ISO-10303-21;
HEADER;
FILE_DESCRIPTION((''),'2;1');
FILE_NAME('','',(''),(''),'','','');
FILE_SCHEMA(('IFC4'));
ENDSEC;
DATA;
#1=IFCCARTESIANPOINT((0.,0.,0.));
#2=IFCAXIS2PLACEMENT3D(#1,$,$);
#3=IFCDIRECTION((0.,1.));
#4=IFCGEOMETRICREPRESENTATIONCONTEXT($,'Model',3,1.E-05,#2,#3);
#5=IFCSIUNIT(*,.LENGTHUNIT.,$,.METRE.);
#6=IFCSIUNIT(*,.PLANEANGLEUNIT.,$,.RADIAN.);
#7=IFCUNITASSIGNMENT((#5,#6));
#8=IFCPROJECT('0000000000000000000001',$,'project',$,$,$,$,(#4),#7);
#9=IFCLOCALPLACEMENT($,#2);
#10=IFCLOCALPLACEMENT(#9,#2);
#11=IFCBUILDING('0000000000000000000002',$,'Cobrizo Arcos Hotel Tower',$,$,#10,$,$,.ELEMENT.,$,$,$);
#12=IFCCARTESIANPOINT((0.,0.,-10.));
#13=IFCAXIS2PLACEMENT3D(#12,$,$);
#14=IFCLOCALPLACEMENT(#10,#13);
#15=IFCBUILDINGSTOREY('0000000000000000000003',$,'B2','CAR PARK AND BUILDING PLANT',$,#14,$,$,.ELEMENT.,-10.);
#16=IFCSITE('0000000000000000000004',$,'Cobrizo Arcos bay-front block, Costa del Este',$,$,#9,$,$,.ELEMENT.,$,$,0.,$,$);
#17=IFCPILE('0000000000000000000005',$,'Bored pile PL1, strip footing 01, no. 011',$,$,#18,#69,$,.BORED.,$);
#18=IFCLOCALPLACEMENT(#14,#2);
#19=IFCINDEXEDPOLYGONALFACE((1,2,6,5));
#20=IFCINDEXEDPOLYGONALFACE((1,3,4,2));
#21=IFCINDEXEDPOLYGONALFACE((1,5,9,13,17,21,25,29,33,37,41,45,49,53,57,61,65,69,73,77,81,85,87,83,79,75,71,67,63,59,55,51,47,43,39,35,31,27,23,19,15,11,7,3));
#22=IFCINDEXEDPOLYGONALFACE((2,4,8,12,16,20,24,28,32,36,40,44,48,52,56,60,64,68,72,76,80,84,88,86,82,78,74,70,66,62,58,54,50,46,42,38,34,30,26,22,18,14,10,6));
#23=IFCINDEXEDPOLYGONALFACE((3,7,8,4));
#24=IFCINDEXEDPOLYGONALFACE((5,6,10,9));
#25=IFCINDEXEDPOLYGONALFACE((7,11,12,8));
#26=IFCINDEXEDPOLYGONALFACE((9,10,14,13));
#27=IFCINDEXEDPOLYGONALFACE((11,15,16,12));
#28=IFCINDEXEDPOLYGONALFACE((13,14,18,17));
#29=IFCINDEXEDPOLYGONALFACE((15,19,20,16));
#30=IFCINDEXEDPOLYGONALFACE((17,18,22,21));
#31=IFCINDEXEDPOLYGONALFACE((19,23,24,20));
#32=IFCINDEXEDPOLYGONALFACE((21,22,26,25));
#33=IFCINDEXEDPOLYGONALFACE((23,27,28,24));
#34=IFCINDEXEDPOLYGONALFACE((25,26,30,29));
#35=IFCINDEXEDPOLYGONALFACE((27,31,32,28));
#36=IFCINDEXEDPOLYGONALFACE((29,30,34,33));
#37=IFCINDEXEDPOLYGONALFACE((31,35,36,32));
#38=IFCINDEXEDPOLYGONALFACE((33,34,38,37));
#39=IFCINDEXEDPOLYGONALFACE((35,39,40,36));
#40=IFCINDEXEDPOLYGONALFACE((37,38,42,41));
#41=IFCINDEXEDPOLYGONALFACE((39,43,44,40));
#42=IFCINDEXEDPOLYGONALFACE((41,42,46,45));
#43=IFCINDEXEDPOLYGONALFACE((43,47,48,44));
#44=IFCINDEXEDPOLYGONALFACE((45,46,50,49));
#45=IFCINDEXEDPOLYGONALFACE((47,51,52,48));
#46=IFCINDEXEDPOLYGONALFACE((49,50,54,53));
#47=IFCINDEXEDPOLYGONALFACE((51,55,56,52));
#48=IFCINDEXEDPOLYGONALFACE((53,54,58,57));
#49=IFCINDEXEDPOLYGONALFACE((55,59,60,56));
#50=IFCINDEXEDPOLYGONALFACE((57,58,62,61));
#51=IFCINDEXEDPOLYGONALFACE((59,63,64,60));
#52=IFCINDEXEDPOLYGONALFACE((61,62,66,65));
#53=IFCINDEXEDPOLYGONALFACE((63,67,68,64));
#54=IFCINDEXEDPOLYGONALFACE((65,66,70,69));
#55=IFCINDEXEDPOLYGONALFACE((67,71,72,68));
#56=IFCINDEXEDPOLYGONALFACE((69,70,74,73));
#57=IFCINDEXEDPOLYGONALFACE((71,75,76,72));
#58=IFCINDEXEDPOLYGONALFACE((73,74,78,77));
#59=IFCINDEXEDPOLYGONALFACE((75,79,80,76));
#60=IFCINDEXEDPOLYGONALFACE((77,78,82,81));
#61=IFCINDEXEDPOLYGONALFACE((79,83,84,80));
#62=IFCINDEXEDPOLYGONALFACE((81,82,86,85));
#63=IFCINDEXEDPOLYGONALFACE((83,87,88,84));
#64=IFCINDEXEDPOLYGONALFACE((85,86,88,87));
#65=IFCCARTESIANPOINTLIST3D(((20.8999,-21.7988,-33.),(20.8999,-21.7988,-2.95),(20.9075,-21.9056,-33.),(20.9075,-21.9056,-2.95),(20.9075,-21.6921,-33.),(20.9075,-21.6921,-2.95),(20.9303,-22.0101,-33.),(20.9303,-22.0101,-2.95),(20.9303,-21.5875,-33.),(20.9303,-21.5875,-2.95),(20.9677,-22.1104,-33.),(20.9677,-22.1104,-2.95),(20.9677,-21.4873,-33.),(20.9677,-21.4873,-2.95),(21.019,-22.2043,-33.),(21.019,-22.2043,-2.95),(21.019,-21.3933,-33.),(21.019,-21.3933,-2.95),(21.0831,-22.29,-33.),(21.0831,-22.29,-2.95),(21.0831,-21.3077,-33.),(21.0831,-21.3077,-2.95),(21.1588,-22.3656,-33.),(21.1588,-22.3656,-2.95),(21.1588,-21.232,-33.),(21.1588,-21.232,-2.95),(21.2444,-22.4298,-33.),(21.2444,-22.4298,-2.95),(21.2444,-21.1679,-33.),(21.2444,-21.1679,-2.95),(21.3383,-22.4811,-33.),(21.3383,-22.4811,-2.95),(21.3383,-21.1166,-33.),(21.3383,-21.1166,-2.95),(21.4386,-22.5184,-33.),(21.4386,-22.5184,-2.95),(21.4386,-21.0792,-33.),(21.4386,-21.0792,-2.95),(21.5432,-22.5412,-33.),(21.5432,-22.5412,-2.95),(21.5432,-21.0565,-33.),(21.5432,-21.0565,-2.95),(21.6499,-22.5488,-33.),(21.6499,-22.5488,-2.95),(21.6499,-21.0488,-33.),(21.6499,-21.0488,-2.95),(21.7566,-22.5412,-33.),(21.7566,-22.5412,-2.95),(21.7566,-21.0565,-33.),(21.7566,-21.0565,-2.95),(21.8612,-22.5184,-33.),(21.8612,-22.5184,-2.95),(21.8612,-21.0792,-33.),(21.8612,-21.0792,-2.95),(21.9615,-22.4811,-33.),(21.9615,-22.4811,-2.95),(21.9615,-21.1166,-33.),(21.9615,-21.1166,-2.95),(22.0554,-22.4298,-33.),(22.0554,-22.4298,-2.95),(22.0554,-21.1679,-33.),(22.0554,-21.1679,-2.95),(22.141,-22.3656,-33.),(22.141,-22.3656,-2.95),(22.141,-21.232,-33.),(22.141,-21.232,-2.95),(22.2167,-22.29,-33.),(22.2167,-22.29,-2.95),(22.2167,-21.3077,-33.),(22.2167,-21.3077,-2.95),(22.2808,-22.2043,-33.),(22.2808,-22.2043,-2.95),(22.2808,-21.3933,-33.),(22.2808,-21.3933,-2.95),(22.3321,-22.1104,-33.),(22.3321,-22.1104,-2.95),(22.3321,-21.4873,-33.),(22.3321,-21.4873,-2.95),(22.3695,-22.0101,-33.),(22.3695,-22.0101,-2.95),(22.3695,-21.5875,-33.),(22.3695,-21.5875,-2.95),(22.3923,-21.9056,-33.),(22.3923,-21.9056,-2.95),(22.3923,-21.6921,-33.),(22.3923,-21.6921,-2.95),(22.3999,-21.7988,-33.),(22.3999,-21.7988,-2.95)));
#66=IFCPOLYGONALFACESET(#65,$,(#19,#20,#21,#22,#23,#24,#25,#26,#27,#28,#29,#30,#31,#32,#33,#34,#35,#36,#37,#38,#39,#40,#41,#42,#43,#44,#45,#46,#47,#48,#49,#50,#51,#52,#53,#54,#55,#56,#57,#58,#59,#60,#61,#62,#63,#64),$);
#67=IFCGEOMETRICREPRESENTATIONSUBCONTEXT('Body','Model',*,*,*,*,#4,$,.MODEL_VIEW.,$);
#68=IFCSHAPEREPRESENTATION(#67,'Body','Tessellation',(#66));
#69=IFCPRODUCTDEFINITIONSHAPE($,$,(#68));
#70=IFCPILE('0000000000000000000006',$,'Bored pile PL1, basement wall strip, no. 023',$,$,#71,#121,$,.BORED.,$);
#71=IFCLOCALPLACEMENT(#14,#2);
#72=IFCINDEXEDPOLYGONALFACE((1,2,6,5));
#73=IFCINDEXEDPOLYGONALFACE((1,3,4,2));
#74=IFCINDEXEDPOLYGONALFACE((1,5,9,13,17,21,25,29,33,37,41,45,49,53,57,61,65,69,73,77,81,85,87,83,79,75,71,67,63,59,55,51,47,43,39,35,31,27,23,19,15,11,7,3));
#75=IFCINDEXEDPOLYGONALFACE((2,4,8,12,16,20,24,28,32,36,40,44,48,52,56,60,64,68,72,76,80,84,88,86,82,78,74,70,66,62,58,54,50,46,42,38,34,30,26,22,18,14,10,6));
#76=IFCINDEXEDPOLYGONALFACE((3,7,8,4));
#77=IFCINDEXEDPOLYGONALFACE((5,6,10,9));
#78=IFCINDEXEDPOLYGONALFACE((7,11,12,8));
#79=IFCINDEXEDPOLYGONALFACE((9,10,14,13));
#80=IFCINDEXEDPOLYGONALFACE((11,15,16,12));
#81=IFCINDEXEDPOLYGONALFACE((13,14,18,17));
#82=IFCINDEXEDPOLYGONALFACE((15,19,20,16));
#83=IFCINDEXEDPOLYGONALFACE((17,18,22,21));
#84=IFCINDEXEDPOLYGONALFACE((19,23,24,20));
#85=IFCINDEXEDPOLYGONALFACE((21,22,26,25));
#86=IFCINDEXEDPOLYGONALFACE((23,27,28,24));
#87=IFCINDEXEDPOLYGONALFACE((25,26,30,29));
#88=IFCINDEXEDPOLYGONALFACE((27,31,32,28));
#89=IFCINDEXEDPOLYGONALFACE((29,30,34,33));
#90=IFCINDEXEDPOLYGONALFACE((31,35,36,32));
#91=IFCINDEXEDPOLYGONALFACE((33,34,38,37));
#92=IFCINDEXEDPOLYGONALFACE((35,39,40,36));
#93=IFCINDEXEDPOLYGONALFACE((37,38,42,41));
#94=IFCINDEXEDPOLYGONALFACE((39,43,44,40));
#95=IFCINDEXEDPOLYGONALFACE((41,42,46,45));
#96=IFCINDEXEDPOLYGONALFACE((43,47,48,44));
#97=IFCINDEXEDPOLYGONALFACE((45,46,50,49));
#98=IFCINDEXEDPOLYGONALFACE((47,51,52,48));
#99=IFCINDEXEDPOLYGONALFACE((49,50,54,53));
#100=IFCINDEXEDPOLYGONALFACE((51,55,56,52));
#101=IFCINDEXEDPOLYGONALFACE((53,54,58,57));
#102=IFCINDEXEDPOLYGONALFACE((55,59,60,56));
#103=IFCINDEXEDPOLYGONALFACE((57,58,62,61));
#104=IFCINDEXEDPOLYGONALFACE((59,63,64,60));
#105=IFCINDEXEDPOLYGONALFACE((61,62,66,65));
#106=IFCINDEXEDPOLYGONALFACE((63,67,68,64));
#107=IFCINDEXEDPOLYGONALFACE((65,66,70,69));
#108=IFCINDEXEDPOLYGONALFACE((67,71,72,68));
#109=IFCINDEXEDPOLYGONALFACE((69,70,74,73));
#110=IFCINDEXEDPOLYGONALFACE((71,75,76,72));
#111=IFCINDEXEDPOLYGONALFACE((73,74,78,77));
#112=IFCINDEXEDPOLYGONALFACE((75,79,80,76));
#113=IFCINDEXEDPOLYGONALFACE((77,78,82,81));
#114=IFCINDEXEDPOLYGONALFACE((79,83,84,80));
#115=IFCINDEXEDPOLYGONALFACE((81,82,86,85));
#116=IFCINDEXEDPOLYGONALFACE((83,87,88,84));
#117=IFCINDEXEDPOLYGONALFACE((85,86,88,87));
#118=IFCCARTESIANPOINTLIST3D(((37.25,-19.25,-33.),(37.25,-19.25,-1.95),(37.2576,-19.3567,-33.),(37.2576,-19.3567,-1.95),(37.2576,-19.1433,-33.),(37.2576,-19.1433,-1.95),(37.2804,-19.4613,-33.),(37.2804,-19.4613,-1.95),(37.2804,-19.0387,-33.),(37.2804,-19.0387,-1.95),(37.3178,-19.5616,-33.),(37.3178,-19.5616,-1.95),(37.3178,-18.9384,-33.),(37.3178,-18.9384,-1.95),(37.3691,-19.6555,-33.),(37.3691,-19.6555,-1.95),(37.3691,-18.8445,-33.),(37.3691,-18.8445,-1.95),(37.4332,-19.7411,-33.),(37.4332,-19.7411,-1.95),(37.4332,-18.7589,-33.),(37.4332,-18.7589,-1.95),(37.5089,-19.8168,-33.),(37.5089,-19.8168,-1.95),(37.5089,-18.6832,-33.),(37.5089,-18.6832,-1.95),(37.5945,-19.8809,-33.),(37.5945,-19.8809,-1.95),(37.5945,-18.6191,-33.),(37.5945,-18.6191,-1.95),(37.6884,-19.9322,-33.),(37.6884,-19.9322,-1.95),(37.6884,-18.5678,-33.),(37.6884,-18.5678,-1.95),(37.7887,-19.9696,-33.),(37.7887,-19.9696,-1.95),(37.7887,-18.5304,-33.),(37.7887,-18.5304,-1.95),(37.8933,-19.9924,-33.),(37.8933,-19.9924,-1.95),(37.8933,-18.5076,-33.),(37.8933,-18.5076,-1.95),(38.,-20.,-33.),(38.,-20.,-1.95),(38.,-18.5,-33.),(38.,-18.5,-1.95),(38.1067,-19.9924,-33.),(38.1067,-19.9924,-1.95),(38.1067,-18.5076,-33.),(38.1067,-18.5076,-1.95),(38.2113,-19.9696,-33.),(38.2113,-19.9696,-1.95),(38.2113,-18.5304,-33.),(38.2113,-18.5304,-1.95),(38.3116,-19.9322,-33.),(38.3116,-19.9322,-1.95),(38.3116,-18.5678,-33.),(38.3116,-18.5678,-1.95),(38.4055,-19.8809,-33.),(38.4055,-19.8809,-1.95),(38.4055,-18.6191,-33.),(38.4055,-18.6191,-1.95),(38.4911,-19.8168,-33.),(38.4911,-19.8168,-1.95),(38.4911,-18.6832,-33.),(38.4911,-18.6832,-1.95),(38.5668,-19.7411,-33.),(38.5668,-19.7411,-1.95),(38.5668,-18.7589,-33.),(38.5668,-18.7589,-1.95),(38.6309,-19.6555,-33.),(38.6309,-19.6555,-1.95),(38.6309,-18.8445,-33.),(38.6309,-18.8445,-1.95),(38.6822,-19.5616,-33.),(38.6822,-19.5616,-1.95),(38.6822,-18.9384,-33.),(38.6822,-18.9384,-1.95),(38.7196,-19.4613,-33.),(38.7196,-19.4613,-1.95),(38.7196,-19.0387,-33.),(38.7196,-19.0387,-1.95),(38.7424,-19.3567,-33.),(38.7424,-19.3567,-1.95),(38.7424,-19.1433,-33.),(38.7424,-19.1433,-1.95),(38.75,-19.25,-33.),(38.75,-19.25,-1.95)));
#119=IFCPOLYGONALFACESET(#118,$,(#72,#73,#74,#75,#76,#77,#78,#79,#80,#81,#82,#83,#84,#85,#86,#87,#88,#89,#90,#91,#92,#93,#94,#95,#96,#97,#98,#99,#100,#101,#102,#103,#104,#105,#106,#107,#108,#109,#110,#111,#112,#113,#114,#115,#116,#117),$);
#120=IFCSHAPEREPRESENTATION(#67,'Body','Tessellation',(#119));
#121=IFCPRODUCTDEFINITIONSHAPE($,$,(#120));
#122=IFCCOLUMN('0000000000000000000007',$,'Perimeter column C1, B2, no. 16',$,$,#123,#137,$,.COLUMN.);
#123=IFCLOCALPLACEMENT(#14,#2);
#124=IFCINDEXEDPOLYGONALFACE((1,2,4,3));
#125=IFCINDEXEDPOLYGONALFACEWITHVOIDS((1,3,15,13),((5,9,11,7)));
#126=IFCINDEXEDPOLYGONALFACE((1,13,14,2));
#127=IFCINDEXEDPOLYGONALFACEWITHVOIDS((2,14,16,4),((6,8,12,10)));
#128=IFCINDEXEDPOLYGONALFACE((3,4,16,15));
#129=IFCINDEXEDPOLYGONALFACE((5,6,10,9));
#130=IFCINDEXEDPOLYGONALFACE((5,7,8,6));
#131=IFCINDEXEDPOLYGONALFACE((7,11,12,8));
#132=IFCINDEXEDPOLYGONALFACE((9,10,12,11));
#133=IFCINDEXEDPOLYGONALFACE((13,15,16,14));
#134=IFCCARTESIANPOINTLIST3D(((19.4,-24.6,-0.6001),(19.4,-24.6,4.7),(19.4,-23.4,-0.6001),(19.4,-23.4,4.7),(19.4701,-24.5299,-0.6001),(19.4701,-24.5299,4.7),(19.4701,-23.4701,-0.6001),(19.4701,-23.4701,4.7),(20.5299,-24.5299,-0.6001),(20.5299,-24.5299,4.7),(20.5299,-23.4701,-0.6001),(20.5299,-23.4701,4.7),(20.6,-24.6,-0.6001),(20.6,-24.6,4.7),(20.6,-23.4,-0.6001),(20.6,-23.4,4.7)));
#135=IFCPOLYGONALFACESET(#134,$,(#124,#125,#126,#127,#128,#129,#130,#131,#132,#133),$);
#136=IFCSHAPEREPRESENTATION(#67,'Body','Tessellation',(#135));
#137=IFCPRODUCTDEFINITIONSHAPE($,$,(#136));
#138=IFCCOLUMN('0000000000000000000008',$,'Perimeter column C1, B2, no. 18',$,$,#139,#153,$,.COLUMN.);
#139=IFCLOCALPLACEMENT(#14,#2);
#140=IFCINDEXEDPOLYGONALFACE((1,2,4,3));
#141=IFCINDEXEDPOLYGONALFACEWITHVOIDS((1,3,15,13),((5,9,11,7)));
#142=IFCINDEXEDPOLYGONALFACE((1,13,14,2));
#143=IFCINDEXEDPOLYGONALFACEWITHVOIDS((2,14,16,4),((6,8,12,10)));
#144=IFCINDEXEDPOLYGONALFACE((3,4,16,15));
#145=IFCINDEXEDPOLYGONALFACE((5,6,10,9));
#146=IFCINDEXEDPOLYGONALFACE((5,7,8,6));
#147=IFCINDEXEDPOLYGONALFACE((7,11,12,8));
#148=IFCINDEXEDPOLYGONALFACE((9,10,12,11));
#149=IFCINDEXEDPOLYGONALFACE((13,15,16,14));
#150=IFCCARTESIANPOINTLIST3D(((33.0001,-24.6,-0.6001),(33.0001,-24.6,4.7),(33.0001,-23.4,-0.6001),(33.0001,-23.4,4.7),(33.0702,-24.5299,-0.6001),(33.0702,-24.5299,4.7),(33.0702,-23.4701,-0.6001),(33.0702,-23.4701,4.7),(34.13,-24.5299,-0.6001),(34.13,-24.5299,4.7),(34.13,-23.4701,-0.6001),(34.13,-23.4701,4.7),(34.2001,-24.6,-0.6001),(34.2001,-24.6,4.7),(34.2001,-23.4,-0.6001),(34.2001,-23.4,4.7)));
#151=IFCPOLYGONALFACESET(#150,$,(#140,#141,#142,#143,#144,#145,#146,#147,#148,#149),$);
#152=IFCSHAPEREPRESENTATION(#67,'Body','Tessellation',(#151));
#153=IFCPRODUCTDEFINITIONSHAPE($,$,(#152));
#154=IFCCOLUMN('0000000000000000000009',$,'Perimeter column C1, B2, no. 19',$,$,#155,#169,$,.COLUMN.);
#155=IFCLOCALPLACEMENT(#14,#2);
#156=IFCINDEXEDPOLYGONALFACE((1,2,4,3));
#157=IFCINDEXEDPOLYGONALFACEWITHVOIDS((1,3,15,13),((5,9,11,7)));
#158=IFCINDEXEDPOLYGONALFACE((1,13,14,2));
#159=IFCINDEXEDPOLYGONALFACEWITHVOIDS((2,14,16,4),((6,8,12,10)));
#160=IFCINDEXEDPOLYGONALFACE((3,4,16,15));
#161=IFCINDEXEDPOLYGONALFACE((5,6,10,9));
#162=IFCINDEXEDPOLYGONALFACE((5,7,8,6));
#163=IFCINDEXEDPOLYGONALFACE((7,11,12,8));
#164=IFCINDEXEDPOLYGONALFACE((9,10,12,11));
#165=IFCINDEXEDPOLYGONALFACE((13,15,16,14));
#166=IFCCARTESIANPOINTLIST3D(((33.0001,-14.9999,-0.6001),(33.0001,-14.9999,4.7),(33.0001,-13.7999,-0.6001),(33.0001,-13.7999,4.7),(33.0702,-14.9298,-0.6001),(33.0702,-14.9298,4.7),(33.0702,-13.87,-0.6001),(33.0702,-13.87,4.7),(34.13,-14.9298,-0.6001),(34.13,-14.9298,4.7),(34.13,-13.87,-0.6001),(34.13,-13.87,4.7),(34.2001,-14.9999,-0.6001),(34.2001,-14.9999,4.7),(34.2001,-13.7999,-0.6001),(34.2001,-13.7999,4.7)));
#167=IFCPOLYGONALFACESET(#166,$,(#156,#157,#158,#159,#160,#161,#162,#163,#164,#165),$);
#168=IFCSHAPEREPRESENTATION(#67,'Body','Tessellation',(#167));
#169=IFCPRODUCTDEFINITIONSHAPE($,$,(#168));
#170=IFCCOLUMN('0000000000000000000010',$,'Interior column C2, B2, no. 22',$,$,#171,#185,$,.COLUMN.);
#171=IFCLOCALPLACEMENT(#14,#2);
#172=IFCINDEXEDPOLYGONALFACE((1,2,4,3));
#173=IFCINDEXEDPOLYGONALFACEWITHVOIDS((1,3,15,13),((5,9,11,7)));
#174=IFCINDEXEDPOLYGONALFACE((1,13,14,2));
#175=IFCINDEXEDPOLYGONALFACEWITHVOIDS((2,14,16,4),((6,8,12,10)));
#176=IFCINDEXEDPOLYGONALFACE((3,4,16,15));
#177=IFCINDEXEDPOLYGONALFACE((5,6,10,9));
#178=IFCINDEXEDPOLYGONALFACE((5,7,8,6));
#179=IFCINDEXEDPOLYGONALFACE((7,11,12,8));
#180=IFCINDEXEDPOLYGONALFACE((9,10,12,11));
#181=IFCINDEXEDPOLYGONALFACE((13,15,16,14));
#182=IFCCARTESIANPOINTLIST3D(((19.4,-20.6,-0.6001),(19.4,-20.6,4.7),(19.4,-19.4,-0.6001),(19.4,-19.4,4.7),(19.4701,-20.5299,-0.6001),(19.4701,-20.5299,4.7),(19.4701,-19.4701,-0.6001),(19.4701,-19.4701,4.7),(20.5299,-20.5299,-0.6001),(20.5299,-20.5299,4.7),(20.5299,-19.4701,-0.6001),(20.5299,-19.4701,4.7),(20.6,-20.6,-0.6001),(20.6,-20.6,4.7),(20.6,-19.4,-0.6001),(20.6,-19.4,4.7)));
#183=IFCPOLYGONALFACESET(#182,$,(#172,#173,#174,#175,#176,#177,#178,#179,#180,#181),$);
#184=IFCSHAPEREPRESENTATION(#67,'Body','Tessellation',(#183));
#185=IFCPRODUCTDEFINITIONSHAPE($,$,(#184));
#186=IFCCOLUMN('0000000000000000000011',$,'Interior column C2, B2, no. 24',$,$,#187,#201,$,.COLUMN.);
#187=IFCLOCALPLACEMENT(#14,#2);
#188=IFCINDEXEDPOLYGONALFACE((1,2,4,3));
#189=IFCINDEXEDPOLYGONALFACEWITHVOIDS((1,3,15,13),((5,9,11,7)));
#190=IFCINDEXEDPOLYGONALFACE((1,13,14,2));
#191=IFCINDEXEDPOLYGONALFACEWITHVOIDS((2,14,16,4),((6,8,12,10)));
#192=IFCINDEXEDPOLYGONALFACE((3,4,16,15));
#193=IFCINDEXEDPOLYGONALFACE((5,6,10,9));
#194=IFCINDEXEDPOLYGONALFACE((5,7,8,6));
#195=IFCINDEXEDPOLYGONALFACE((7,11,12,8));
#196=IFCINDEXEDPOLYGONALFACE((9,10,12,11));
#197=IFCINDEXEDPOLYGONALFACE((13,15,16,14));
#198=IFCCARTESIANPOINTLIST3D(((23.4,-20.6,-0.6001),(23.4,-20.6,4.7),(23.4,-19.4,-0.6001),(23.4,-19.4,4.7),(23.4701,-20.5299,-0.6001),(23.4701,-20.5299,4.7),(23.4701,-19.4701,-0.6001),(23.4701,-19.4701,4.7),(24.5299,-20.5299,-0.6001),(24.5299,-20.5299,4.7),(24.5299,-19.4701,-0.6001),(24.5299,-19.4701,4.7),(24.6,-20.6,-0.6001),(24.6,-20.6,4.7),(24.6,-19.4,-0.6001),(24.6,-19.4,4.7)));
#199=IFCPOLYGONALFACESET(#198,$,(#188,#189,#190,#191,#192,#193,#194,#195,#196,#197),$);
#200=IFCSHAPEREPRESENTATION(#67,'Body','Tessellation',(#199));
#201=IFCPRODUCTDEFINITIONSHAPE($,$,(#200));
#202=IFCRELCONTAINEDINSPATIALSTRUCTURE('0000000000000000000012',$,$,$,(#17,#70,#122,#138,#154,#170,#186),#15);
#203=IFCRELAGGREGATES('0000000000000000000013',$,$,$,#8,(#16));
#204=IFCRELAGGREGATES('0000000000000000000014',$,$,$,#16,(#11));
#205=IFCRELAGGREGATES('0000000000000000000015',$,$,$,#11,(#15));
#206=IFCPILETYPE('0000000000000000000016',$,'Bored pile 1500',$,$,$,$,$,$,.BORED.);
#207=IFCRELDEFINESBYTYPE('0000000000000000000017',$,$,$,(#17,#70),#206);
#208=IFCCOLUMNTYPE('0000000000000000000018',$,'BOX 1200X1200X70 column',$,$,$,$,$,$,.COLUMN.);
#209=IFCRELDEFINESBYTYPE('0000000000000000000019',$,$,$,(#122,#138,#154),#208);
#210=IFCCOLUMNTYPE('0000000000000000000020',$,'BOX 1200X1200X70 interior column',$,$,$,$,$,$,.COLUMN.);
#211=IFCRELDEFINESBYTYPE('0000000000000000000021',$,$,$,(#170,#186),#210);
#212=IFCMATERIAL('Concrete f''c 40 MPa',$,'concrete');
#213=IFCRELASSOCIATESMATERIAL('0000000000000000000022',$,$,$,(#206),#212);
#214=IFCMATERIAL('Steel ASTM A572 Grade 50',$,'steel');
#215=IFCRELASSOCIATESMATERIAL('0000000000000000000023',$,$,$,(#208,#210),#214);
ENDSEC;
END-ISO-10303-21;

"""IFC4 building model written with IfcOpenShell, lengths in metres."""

from ifc_helpers import new_model, si_unit, direction, frame, origin, origin_2d, place, context, subcontext, project, spatial, hollow_rectangle, circle, extrude, material, material_profile, profile_set, type_object, element, save


model = new_model("IFC4")

# Units and contexts
model_context = context("Model", 3, precision=1e-05, world=origin(), true_north=direction((0.0, 1.0)))
body_context = subcontext(model_context, "Body", "Model", "MODEL_VIEW")
ifc_project = project(units=[si_unit("LENGTHUNIT", "METRE"), si_unit("PLANEANGLEUNIT", "RADIAN")], contexts=[model_context])

# Site, building, storey
site_placement = place(None, origin())
site = spatial("IfcSite", under=ifc_project, at=site_placement, Name="Cobrizo Arcos bay-front block, Costa del Este", CompositionType="ELEMENT", RefElevation=0.0)
building_placement = place(site_placement, origin())
building = spatial("IfcBuilding", under=site, at=building_placement, Name="Cobrizo Arcos Hotel Tower", CompositionType="ELEMENT")
storey_placement = place(building_placement, frame((0.0, 0.0, -10.0)))
storey = spatial("IfcBuildingStorey", under=building, at=storey_placement, Name="B2", Description="CAR PARK AND BUILDING PLANT", CompositionType="ELEMENT", Elevation=-10.0)

# Piles
ifc_material_1 = material(Name="Concrete f'c 40 MPa", Category="concrete")
ifc_material_profile_1 = material_profile(ifc_material_1, circle(Radius=0.75, at=origin_2d()), Name="BORED PILE 1500")
ifc_profile_set_1 = profile_set([ifc_material_profile_1], Name="Concrete f'c 40 MPa")
pile_type = type_object("IfcPileType", Name="Bored pile 1500", PredefinedType="BORED", material=ifc_profile_set_1)
for number, where, z_axis, x_axis, name in (
    (1, (21.6499, -21.7988, -2.95), (0.0, 0.0, -1.0), (1.0, 0.0, 0.0), "Bored pile PL1, strip footing 01, no. 011"),
):
    element("IfcPile", number, at=place(storey_placement, frame(where, z_axis=z_axis, x_axis=x_axis)), inside=storey, type_object=pile_type, Name=name, PredefinedType="BORED", context=body_context, shape_type="SweptSolid", body=[
        extrude(circle(Radius=0.75, at=origin_2d()), origin(), (0.0, 0.0, 1.0), 30.05),
    ])
pile_placement = place(storey_placement, frame((38.0, -19.25, -1.95), z_axis=(0.0, 0.0, -1.0), x_axis=(1.0, 0.0, 0.0)))
element("IfcPile", 2, at=pile_placement, inside=storey, type_object=pile_type, Name="Bored pile PL1, basement wall strip, no. 023", PredefinedType="BORED", context=body_context, shape_type="SweptSolid", body=[
    extrude(circle(Radius=0.75, at=origin_2d()), origin(), (0.0, 0.0, 1.0), 31.05),
])

# Columns
ifc_material_2 = material(Name="Steel ASTM A572 Grade 50", Category="steel")
ifc_material_profile_2 = material_profile(ifc_material_2, hollow_rectangle(XDim=1.2, YDim=1.2, WallThickness=0.0701, at=origin_2d()), Name="BOX 1200X1200X70")
ifc_profile_set_2 = profile_set([ifc_material_profile_2], Name="Steel ASTM A572 Grade 50")
column_type_1 = type_object("IfcColumnType", Name="BOX 1200X1200X70 column", PredefinedType="COLUMN", material=ifc_profile_set_2)
for number, where, z_axis, x_axis, name in (
    (3, (20.0, -24.0, -0.6001), (0.0, 0.0, 1.0), (1.0, 0.0, 0.0), "Perimeter column C1, B2, no. 16"),
    (4, (33.6001, -24.0, -0.6001), (0.0, 0.0, 1.0), (1.0, 0.0, 0.0), "Perimeter column C1, B2, no. 18"),
    (5, (33.6001, -14.3999, -0.6001), (0.0, 0.0, 1.0), (1.0, 0.0, 0.0), "Perimeter column C1, B2, no. 19"),
):
    element("IfcColumn", number, at=place(storey_placement, frame(where, z_axis=z_axis, x_axis=x_axis)), inside=storey, type_object=column_type_1, Name=name, PredefinedType="COLUMN", context=body_context, shape_type="SweptSolid", body=[
        extrude(hollow_rectangle(XDim=1.2, YDim=1.2, WallThickness=0.0701, at=origin_2d()), origin(), (0.0, 0.0, 1.0), 5.3),
    ])
ifc_material_profile_3 = material_profile(ifc_material_2, hollow_rectangle(XDim=1.2, YDim=1.2, WallThickness=0.0701, at=origin_2d()), Name="BOX 1200X1200X70")
ifc_profile_set_3 = profile_set([ifc_material_profile_3], Name="Steel ASTM A572 Grade 50")
column_type_2 = type_object("IfcColumnType", Name="BOX 1200X1200X70 interior column", PredefinedType="COLUMN", material=ifc_profile_set_3)
for number, where, z_axis, x_axis, name in (
    (6, (20.0, -20.0, -0.6001), (0.0, 0.0, 1.0), (1.0, 0.0, 0.0), "Interior column C2, B2, no. 22"),
    (7, (24.0, -20.0, -0.6001), (0.0, 0.0, 1.0), (1.0, 0.0, 0.0), "Interior column C2, B2, no. 24"),
):
    element("IfcColumn", number, at=place(storey_placement, frame(where, z_axis=z_axis, x_axis=x_axis)), inside=storey, type_object=column_type_2, Name=name, PredefinedType="COLUMN", context=body_context, shape_type="SweptSolid", body=[
        extrude(hollow_rectangle(XDim=1.2, YDim=1.2, WallThickness=0.0701, at=origin_2d()), origin(), (0.0, 0.0, 1.0), 5.3),
    ])

save(model, "model.ifc")
